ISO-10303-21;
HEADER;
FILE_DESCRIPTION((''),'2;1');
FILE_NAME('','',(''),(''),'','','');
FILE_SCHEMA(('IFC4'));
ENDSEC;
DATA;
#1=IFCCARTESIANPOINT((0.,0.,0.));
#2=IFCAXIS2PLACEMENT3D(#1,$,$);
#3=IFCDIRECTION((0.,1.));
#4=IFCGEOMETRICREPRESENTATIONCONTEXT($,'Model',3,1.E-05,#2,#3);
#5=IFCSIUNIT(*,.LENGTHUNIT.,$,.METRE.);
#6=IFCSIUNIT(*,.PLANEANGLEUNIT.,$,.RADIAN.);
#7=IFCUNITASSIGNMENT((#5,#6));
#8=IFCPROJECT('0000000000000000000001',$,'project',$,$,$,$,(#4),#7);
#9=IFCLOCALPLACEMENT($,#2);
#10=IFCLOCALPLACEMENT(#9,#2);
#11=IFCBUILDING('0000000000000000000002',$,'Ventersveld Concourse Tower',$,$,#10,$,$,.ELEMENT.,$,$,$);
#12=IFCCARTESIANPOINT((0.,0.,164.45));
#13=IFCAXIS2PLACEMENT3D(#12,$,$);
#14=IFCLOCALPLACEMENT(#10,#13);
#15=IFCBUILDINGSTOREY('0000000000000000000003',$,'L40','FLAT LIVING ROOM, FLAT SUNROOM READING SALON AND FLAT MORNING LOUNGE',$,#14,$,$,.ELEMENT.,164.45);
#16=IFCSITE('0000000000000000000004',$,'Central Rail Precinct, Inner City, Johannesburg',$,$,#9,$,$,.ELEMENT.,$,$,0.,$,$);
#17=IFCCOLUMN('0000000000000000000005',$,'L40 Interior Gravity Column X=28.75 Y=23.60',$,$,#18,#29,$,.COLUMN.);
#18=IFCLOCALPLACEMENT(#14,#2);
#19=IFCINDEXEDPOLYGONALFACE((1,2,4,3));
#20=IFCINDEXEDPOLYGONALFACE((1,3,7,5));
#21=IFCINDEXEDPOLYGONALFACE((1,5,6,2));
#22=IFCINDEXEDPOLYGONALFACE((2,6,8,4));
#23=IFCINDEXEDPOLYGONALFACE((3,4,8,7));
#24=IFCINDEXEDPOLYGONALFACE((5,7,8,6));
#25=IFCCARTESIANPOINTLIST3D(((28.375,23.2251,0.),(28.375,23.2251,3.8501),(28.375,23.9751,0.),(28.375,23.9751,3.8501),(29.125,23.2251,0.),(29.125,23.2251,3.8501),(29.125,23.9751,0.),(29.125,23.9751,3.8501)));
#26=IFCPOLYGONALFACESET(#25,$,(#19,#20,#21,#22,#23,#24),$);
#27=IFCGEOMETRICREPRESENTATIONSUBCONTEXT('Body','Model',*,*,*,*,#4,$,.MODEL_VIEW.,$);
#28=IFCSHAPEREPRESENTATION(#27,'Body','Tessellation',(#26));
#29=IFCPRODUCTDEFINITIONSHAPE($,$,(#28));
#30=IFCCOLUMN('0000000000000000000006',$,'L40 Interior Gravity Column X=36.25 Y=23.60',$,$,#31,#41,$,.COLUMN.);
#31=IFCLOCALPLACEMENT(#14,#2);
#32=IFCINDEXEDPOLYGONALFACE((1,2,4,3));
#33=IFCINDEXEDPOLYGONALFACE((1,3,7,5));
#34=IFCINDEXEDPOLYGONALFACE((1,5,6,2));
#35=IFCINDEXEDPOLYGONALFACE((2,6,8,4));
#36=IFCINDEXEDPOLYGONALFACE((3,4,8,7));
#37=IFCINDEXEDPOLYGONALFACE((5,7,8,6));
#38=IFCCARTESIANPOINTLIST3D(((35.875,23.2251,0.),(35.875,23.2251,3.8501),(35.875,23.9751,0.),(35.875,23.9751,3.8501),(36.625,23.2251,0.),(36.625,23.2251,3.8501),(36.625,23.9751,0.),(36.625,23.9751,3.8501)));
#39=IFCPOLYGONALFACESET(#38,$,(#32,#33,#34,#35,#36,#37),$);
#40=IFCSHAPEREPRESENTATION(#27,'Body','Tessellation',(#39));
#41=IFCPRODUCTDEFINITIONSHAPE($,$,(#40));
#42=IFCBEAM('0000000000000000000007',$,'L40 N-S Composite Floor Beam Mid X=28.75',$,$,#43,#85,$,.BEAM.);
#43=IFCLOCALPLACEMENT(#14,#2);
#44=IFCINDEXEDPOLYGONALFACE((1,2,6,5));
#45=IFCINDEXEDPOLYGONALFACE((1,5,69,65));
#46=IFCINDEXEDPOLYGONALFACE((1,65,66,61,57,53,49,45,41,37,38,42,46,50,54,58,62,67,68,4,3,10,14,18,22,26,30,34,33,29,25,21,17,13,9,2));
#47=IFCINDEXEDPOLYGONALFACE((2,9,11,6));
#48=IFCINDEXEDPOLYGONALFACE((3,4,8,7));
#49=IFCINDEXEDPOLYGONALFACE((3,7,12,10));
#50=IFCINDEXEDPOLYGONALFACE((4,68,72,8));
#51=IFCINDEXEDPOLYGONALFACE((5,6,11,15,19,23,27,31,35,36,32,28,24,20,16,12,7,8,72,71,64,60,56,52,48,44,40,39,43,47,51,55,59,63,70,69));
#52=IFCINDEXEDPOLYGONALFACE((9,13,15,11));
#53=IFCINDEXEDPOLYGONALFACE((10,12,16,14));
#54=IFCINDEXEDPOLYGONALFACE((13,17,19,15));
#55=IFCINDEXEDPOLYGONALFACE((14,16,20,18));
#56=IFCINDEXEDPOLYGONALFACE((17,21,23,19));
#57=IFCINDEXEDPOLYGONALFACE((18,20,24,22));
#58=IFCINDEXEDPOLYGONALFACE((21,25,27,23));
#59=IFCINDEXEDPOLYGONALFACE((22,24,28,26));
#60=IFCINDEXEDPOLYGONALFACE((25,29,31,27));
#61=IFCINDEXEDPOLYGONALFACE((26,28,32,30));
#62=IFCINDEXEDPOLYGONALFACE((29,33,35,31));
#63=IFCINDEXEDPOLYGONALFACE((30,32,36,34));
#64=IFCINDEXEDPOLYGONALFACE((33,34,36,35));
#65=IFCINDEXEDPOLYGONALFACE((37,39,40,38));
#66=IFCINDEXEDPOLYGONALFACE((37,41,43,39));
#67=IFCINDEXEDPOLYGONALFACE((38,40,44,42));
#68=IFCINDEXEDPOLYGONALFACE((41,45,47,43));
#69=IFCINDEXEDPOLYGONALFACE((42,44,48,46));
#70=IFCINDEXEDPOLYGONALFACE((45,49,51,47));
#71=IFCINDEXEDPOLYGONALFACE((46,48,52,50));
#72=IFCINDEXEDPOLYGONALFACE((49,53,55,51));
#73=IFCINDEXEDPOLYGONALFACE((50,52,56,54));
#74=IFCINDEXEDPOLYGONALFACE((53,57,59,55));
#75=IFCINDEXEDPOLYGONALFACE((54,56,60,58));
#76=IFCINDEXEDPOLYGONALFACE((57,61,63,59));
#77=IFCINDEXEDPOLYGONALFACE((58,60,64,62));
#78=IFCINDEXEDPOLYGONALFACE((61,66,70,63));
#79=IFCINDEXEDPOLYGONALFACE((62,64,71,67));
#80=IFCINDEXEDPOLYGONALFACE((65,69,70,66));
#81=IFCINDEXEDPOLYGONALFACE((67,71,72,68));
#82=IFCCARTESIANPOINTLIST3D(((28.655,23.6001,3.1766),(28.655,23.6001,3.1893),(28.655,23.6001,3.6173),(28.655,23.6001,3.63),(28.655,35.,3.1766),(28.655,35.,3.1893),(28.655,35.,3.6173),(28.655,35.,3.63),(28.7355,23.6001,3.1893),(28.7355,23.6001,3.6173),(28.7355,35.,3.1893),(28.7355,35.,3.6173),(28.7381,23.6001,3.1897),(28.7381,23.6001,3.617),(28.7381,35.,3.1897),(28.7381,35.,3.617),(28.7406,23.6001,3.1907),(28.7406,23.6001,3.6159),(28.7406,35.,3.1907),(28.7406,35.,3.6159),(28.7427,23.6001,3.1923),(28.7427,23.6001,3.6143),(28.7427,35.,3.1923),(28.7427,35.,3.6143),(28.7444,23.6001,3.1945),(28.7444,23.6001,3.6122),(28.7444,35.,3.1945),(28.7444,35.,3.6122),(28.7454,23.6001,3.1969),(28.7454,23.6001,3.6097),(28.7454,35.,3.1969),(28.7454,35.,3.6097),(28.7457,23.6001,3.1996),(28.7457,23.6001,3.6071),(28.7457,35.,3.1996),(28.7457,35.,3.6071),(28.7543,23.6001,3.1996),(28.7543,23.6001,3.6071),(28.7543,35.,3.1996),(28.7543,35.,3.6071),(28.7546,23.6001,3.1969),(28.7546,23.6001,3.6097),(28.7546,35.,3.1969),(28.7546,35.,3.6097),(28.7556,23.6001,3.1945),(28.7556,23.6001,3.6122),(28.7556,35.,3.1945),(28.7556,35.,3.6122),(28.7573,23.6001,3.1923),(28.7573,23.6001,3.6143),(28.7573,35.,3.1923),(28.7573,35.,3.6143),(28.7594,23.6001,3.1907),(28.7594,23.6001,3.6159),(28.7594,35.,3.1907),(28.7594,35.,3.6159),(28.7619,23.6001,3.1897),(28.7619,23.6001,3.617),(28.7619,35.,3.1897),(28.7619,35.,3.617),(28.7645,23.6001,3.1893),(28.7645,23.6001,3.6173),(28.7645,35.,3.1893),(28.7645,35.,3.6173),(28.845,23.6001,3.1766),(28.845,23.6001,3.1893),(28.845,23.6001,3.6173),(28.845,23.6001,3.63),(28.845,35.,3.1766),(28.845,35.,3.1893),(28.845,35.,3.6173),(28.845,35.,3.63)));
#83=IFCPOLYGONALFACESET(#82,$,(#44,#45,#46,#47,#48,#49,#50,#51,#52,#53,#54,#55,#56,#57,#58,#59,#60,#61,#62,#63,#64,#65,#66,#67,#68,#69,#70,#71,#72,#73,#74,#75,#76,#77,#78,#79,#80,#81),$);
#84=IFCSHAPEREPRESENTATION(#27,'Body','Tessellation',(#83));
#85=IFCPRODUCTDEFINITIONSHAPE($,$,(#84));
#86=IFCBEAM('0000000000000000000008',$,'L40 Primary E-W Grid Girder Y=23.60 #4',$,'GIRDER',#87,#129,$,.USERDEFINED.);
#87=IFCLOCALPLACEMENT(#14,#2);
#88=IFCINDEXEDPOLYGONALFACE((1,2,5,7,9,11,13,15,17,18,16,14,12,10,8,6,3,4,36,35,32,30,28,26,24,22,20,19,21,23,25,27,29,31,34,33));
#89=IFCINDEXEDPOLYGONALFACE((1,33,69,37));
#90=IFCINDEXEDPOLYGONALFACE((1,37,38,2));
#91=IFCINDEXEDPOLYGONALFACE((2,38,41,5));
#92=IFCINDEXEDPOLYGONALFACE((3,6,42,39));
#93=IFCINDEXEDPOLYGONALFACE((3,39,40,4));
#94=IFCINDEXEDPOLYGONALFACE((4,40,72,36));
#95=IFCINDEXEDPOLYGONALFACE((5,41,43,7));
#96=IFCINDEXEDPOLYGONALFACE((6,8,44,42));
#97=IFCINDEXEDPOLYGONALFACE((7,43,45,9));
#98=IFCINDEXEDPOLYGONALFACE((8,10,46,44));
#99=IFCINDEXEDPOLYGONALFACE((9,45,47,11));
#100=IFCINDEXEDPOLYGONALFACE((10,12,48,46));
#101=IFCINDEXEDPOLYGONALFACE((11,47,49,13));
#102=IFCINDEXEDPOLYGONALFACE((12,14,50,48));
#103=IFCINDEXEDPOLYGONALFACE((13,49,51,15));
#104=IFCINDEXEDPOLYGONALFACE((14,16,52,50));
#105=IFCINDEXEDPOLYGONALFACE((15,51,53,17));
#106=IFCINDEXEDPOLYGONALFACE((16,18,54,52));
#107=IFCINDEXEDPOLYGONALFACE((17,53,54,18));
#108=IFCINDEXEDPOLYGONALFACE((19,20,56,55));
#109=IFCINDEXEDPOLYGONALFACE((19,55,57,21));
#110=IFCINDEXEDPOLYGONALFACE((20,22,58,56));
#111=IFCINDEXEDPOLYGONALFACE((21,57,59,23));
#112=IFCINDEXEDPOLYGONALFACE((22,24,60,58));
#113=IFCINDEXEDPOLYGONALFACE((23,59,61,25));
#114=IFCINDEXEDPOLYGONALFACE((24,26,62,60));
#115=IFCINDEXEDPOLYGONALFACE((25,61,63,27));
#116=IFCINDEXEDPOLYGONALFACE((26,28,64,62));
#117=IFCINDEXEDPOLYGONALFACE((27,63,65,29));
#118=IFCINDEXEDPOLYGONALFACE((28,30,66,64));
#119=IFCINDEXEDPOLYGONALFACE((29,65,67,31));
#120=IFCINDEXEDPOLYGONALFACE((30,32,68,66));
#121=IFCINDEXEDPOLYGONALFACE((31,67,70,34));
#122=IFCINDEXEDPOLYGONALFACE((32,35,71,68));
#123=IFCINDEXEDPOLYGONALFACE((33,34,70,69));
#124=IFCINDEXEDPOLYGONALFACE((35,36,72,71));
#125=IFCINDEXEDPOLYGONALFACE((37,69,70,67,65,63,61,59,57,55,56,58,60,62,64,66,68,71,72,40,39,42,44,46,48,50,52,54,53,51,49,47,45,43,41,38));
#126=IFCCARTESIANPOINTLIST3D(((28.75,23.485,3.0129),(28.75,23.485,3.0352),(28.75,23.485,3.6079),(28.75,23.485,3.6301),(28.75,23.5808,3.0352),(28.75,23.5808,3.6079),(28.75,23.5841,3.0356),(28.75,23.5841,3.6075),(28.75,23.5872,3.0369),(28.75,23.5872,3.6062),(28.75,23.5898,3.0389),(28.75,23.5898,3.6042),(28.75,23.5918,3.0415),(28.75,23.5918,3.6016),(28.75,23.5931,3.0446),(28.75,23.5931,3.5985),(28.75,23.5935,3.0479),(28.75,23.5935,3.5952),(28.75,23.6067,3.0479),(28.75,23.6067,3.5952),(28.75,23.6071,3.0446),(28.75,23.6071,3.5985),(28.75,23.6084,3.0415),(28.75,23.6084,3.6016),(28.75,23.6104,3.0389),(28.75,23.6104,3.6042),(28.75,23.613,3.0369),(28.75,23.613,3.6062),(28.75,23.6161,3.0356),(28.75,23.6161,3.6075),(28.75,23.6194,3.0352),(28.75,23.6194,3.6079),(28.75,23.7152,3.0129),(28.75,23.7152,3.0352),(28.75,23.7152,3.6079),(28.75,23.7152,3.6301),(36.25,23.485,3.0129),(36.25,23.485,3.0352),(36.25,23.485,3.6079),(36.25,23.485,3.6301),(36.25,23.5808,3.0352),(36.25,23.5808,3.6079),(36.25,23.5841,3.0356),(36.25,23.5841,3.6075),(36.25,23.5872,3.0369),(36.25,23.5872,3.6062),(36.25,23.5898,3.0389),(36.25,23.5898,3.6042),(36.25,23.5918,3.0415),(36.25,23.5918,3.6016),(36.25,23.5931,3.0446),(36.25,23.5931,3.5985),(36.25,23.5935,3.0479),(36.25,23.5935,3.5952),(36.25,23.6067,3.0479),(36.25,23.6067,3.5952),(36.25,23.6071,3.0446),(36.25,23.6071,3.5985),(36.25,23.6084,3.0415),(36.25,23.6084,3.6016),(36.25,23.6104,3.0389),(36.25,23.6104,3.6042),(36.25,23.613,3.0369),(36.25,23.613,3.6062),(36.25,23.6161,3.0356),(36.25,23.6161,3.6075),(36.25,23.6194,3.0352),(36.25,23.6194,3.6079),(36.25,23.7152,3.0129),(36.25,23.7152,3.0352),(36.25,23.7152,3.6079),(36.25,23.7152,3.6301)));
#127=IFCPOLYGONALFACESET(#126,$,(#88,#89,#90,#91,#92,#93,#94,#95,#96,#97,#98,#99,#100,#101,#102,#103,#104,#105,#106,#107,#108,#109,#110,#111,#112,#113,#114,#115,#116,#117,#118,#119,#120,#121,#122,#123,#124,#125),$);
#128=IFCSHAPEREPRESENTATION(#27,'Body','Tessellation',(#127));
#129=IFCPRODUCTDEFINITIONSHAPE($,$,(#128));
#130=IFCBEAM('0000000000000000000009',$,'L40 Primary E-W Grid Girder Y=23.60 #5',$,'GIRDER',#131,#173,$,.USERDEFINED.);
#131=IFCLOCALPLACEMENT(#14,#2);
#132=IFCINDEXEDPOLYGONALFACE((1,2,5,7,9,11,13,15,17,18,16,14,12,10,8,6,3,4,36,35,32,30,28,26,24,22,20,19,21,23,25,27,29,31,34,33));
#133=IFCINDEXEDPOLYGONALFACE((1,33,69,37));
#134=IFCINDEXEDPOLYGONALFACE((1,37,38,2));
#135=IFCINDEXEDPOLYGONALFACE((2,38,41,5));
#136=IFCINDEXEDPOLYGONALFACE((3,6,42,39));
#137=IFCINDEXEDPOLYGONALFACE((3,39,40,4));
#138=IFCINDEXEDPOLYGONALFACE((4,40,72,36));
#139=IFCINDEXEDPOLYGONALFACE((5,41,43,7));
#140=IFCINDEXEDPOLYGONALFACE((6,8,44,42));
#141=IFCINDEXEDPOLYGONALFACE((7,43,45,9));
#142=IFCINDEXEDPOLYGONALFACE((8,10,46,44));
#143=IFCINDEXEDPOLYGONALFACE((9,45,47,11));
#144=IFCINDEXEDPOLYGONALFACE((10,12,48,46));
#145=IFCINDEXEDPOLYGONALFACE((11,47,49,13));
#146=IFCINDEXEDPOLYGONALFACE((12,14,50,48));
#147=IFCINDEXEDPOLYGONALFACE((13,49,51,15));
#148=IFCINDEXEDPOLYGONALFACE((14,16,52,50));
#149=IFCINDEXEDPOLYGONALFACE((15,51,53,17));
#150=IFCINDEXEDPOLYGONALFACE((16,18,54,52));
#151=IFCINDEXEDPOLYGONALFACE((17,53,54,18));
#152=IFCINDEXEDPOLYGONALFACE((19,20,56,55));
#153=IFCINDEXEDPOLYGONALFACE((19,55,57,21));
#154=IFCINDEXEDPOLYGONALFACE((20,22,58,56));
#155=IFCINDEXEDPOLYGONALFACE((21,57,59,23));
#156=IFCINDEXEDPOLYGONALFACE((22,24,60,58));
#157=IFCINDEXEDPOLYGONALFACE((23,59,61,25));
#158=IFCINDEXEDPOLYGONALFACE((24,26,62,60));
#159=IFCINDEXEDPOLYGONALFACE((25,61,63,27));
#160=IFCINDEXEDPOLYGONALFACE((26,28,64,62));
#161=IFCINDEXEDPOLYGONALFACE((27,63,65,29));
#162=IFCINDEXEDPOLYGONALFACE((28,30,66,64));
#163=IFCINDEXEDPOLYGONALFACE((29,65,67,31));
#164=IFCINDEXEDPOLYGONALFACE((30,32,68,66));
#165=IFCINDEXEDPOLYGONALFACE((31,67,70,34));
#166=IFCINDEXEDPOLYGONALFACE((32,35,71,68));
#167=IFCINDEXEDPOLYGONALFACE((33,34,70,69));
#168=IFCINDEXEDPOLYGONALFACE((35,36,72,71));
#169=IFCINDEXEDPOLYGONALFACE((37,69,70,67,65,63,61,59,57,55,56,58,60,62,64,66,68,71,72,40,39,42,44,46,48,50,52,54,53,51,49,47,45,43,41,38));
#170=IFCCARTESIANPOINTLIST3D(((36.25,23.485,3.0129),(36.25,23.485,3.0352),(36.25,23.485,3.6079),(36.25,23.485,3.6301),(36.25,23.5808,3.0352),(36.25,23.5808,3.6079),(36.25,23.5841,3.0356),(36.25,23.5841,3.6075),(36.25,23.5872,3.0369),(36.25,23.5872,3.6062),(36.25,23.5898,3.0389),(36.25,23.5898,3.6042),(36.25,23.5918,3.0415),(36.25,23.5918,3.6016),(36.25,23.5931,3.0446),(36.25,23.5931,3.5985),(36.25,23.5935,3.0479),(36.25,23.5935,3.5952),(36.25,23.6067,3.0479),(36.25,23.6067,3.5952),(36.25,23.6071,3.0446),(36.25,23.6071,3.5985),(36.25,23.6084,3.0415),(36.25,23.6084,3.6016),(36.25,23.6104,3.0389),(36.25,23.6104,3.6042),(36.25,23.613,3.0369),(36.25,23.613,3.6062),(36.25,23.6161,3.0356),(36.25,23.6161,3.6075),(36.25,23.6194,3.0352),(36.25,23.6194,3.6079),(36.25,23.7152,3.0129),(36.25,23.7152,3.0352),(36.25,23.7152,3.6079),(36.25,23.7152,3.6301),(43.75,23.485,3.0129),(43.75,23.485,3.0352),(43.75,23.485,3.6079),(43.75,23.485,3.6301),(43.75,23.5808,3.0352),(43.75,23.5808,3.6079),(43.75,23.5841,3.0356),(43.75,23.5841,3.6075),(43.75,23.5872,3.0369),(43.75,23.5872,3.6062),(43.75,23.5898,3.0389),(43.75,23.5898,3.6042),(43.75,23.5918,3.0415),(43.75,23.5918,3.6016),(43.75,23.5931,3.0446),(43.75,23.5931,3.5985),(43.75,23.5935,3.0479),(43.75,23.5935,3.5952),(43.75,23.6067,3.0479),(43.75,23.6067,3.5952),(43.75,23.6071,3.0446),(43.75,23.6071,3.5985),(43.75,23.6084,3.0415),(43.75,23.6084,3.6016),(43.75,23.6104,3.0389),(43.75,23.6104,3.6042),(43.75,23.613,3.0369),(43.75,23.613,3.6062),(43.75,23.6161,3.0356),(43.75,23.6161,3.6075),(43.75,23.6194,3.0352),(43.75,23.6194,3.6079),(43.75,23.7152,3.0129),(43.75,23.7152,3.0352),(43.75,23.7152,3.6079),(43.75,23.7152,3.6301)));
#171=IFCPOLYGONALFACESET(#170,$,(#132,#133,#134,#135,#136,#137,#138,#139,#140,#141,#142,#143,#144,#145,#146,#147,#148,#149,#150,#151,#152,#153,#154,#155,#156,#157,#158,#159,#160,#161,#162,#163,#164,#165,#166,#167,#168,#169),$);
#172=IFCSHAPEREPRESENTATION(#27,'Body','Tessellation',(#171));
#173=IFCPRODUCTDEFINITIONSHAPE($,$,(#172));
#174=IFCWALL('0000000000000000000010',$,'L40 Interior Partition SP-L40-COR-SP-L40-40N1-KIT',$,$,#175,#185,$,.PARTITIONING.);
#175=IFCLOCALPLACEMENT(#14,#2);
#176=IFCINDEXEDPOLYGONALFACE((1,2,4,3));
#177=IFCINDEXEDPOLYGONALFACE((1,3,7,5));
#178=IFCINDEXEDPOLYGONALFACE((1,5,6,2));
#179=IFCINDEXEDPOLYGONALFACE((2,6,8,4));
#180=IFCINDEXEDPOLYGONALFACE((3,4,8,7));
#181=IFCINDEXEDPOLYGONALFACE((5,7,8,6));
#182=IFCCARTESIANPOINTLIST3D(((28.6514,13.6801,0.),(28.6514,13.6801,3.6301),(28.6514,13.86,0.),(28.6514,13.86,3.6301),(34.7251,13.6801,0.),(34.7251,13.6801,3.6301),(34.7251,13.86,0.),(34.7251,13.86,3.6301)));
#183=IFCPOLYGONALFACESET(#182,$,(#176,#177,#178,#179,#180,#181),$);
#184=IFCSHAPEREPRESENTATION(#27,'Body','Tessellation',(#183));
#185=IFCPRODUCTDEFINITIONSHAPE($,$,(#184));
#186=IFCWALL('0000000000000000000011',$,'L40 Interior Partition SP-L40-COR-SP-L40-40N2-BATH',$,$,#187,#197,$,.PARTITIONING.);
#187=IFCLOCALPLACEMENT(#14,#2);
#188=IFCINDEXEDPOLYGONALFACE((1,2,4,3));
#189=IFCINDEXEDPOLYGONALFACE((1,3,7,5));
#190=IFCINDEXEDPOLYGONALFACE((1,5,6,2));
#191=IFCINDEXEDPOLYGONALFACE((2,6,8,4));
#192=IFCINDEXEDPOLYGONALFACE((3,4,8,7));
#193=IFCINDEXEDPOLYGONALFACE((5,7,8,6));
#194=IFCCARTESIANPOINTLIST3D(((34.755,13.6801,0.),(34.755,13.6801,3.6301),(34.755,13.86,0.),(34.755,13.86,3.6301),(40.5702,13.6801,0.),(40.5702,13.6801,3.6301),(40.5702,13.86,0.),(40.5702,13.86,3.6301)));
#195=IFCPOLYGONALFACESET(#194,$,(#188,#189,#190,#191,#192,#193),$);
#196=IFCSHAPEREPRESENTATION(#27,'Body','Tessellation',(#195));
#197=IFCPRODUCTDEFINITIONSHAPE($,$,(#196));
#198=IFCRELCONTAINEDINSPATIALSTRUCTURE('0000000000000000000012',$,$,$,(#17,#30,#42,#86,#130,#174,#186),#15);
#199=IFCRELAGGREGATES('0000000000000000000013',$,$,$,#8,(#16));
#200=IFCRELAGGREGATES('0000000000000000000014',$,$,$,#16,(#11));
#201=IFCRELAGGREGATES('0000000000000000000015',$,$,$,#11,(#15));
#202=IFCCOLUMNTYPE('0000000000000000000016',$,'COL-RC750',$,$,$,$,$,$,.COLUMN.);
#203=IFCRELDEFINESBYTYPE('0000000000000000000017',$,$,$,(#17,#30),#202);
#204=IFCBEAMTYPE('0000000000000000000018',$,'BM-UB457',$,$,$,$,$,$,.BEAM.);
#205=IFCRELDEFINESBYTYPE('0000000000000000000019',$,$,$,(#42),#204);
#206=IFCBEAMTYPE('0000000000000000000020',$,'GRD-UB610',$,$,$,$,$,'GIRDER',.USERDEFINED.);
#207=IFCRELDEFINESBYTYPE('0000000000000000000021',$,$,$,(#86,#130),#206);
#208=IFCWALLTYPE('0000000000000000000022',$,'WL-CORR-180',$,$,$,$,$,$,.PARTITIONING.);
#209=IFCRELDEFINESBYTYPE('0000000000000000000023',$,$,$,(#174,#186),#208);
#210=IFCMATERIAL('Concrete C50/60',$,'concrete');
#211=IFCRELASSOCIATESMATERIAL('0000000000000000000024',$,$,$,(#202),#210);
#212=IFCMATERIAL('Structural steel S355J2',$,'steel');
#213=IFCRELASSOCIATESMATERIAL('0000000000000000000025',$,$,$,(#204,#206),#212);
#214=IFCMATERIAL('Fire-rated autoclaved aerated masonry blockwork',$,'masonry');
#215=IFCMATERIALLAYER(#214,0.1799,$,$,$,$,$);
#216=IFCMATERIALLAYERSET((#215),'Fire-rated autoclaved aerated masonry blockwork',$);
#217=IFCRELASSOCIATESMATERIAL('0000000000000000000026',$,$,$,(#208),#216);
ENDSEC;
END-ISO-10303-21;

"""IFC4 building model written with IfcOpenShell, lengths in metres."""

from ifc_helpers import new_model, si_unit, direction, frame, frame_2d, origin, origin_2d, place, context, subcontext, project, spatial, rectangle, i_section, extrude, material, layer, layer_set, material_profile, profile_set, type_object, element, save


model = new_model("IFC4")

# Units and contexts
model_context = context("Model", 3, precision=1e-05, world=origin(), true_north=direction((0.0, 1.0)))
body_context = subcontext(model_context, "Body", "Model", "MODEL_VIEW")
ifc_project = project(units=[si_unit("LENGTHUNIT", "METRE"), si_unit("PLANEANGLEUNIT", "RADIAN")], contexts=[model_context])

# Site, building, storey
site_placement = place(None, origin())
site = spatial("IfcSite", under=ifc_project, at=site_placement, Name="Central Rail Precinct, Inner City, Johannesburg", CompositionType="ELEMENT", RefElevation=0.0)
building_placement = place(site_placement, origin())
building = spatial("IfcBuilding", under=site, at=building_placement, Name="Ventersveld Concourse Tower", CompositionType="ELEMENT")
storey_placement = place(building_placement, frame((0.0, 0.0, 164.45)))
storey = spatial("IfcBuildingStorey", under=building, at=storey_placement, Name="L40", Description="FLAT LIVING ROOM, FLAT SUNROOM READING SALON AND FLAT MORNING LOUNGE", CompositionType="ELEMENT", Elevation=164.45)

# Columns
ifc_material_1 = material(Name="Concrete C50/60", Category="concrete")
ifc_material_profile_1 = material_profile(ifc_material_1, rectangle(XDim=0.75, YDim=0.75, at=origin_2d()), Name="RC 750x750")
ifc_profile_set_1 = profile_set([ifc_material_profile_1], Name="Concrete C50/60")
column_type = type_object("IfcColumnType", Name="COL-RC750", PredefinedType="COLUMN", material=ifc_profile_set_1)
for number, where, z_axis, x_axis, name in (
    (1, (28.75, 23.6001, 0.0), (0.0, 0.0, 1.0), (1.0, 0.0, 0.0), "L40 Interior Gravity Column X=28.75 Y=23.60"),
    (2, (36.25, 23.6001, 0.0), (0.0, 0.0, 1.0), (1.0, 0.0, 0.0), "L40 Interior Gravity Column X=36.25 Y=23.60"),
):
    element("IfcColumn", number, at=place(storey_placement, frame(where, z_axis=z_axis, x_axis=x_axis)), inside=storey, type_object=column_type, Name=name, PredefinedType="COLUMN", context=body_context, shape_type="SweptSolid", body=[
        extrude(rectangle(XDim=0.75, YDim=0.75, at=origin_2d()), origin(), (0.0, 0.0, 1.0), 3.8501),
    ])

# Beams
ifc_material_2 = material(Name="Structural steel S355J2", Category="steel")
ifc_material_profile_2 = material_profile(ifc_material_2, i_section(OverallWidth=0.1899, OverallDepth=0.4534, WebThickness=0.0085, FlangeThickness=0.0127, FilletRadius=0.0103, at=origin_2d()), Name="UB 457x191x67")
ifc_profile_set_2 = profile_set([ifc_material_profile_2], Name="Structural steel S355J2")
beam_type_1 = type_object("IfcBeamType", Name="BM-UB457", PredefinedType="BEAM", material=ifc_profile_set_2)
beam_placement = place(storey_placement, frame((28.75, 23.6001, 3.4033), z_axis=(0.0, 1.0, 0.0), x_axis=(-1.0, 0.0, 0.0)))
element("IfcBeam", 3, at=beam_placement, inside=storey, type_object=beam_type_1, Name="L40 N-S Composite Floor Beam Mid X=28.75", PredefinedType="BEAM", context=body_context, shape_type="SweptSolid", body=[
    extrude(i_section(OverallWidth=0.1899, OverallDepth=0.4534, WebThickness=0.0085, FlangeThickness=0.0127, FilletRadius=0.0103, at=origin_2d()), origin(), (0.0, 0.0, 1.0), 11.3999),
])
ifc_material_profile_3 = material_profile(ifc_material_2, i_section(OverallWidth=0.2302, OverallDepth=0.6172, WebThickness=0.0132, FlangeThickness=0.0222, FilletRadius=0.0127, at=origin_2d()), Name="UB 610x229x140")
ifc_profile_set_3 = profile_set([ifc_material_profile_3], Name="Structural steel S355J2")
beam_type_2 = type_object("IfcBeamType", Name="GRD-UB610", ElementType="GIRDER", PredefinedType="USERDEFINED", material=ifc_profile_set_3)
for number, where, z_axis, x_axis, name in (
    (4, (28.75, 23.6001, 3.3215), (1.0, 0.0, 0.0), (0.0, 1.0, 0.0), "L40 Primary E-W Grid Girder Y=23.60 #4"),
    (5, (36.25, 23.6001, 3.3215), (1.0, 0.0, 0.0), (0.0, 1.0, 0.0), "L40 Primary E-W Grid Girder Y=23.60 #5"),
):
    element("IfcBeam", number, at=place(storey_placement, frame(where, z_axis=z_axis, x_axis=x_axis)), inside=storey, type_object=beam_type_2, Name=name, ObjectType="GIRDER", PredefinedType="USERDEFINED", context=body_context, shape_type="SweptSolid", body=[
        extrude(i_section(OverallWidth=0.2302, OverallDepth=0.6172, WebThickness=0.0132, FlangeThickness=0.0222, FilletRadius=0.0127, at=origin_2d()), origin(), (0.0, 0.0, 1.0), 7.5),
    ])

# Walls
ifc_material_3 = material(Name="Fire-rated autoclaved aerated masonry blockwork", Category="masonry")
ifc_layer_1 = layer(ifc_material_3, 0.1799)
ifc_layer_set_1 = layer_set([ifc_layer_1], Name="Fire-rated autoclaved aerated masonry blockwork")
wall_type_1 = type_object("IfcWallType", Name="WL-CORR-180", PredefinedType="PARTITIONING", material=ifc_layer_set_1)
wall_1_placement = place(storey_placement, frame((28.6514, 13.77, 0.0), z_axis=(0.0, 0.0, 1.0), x_axis=(1.0, 0.0, 0.0)))
element("IfcWall", 6, at=wall_1_placement, inside=storey, type_object=wall_type_1, Name="L40 Interior Partition SP-L40-COR-SP-L40-40N1-KIT", PredefinedType="PARTITIONING", context=body_context, shape_type="SweptSolid", body=[
    extrude(rectangle(XDim=6.0737, YDim=0.1799, at=frame_2d((3.0369, 0.0))), origin(), (0.0, 0.0, 1.0), 3.6301),
])
wall_2_placement = place(storey_placement, frame((34.7549, 13.77, 0.0), z_axis=(0.0, 0.0, 1.0), x_axis=(1.0, 0.0, 0.0)))
element("IfcWall", 7, at=wall_2_placement, inside=storey, type_object=wall_type_1, Name="L40 Interior Partition SP-L40-COR-SP-L40-40N2-BATH", PredefinedType="PARTITIONING", context=body_context, shape_type="SweptSolid", body=[
    extrude(rectangle(XDim=5.8152, YDim=0.1799, at=frame_2d((2.9077, 0.0))), origin(), (0.0, 0.0, 1.0), 3.6301),
])

save(model, "model.ifc")
